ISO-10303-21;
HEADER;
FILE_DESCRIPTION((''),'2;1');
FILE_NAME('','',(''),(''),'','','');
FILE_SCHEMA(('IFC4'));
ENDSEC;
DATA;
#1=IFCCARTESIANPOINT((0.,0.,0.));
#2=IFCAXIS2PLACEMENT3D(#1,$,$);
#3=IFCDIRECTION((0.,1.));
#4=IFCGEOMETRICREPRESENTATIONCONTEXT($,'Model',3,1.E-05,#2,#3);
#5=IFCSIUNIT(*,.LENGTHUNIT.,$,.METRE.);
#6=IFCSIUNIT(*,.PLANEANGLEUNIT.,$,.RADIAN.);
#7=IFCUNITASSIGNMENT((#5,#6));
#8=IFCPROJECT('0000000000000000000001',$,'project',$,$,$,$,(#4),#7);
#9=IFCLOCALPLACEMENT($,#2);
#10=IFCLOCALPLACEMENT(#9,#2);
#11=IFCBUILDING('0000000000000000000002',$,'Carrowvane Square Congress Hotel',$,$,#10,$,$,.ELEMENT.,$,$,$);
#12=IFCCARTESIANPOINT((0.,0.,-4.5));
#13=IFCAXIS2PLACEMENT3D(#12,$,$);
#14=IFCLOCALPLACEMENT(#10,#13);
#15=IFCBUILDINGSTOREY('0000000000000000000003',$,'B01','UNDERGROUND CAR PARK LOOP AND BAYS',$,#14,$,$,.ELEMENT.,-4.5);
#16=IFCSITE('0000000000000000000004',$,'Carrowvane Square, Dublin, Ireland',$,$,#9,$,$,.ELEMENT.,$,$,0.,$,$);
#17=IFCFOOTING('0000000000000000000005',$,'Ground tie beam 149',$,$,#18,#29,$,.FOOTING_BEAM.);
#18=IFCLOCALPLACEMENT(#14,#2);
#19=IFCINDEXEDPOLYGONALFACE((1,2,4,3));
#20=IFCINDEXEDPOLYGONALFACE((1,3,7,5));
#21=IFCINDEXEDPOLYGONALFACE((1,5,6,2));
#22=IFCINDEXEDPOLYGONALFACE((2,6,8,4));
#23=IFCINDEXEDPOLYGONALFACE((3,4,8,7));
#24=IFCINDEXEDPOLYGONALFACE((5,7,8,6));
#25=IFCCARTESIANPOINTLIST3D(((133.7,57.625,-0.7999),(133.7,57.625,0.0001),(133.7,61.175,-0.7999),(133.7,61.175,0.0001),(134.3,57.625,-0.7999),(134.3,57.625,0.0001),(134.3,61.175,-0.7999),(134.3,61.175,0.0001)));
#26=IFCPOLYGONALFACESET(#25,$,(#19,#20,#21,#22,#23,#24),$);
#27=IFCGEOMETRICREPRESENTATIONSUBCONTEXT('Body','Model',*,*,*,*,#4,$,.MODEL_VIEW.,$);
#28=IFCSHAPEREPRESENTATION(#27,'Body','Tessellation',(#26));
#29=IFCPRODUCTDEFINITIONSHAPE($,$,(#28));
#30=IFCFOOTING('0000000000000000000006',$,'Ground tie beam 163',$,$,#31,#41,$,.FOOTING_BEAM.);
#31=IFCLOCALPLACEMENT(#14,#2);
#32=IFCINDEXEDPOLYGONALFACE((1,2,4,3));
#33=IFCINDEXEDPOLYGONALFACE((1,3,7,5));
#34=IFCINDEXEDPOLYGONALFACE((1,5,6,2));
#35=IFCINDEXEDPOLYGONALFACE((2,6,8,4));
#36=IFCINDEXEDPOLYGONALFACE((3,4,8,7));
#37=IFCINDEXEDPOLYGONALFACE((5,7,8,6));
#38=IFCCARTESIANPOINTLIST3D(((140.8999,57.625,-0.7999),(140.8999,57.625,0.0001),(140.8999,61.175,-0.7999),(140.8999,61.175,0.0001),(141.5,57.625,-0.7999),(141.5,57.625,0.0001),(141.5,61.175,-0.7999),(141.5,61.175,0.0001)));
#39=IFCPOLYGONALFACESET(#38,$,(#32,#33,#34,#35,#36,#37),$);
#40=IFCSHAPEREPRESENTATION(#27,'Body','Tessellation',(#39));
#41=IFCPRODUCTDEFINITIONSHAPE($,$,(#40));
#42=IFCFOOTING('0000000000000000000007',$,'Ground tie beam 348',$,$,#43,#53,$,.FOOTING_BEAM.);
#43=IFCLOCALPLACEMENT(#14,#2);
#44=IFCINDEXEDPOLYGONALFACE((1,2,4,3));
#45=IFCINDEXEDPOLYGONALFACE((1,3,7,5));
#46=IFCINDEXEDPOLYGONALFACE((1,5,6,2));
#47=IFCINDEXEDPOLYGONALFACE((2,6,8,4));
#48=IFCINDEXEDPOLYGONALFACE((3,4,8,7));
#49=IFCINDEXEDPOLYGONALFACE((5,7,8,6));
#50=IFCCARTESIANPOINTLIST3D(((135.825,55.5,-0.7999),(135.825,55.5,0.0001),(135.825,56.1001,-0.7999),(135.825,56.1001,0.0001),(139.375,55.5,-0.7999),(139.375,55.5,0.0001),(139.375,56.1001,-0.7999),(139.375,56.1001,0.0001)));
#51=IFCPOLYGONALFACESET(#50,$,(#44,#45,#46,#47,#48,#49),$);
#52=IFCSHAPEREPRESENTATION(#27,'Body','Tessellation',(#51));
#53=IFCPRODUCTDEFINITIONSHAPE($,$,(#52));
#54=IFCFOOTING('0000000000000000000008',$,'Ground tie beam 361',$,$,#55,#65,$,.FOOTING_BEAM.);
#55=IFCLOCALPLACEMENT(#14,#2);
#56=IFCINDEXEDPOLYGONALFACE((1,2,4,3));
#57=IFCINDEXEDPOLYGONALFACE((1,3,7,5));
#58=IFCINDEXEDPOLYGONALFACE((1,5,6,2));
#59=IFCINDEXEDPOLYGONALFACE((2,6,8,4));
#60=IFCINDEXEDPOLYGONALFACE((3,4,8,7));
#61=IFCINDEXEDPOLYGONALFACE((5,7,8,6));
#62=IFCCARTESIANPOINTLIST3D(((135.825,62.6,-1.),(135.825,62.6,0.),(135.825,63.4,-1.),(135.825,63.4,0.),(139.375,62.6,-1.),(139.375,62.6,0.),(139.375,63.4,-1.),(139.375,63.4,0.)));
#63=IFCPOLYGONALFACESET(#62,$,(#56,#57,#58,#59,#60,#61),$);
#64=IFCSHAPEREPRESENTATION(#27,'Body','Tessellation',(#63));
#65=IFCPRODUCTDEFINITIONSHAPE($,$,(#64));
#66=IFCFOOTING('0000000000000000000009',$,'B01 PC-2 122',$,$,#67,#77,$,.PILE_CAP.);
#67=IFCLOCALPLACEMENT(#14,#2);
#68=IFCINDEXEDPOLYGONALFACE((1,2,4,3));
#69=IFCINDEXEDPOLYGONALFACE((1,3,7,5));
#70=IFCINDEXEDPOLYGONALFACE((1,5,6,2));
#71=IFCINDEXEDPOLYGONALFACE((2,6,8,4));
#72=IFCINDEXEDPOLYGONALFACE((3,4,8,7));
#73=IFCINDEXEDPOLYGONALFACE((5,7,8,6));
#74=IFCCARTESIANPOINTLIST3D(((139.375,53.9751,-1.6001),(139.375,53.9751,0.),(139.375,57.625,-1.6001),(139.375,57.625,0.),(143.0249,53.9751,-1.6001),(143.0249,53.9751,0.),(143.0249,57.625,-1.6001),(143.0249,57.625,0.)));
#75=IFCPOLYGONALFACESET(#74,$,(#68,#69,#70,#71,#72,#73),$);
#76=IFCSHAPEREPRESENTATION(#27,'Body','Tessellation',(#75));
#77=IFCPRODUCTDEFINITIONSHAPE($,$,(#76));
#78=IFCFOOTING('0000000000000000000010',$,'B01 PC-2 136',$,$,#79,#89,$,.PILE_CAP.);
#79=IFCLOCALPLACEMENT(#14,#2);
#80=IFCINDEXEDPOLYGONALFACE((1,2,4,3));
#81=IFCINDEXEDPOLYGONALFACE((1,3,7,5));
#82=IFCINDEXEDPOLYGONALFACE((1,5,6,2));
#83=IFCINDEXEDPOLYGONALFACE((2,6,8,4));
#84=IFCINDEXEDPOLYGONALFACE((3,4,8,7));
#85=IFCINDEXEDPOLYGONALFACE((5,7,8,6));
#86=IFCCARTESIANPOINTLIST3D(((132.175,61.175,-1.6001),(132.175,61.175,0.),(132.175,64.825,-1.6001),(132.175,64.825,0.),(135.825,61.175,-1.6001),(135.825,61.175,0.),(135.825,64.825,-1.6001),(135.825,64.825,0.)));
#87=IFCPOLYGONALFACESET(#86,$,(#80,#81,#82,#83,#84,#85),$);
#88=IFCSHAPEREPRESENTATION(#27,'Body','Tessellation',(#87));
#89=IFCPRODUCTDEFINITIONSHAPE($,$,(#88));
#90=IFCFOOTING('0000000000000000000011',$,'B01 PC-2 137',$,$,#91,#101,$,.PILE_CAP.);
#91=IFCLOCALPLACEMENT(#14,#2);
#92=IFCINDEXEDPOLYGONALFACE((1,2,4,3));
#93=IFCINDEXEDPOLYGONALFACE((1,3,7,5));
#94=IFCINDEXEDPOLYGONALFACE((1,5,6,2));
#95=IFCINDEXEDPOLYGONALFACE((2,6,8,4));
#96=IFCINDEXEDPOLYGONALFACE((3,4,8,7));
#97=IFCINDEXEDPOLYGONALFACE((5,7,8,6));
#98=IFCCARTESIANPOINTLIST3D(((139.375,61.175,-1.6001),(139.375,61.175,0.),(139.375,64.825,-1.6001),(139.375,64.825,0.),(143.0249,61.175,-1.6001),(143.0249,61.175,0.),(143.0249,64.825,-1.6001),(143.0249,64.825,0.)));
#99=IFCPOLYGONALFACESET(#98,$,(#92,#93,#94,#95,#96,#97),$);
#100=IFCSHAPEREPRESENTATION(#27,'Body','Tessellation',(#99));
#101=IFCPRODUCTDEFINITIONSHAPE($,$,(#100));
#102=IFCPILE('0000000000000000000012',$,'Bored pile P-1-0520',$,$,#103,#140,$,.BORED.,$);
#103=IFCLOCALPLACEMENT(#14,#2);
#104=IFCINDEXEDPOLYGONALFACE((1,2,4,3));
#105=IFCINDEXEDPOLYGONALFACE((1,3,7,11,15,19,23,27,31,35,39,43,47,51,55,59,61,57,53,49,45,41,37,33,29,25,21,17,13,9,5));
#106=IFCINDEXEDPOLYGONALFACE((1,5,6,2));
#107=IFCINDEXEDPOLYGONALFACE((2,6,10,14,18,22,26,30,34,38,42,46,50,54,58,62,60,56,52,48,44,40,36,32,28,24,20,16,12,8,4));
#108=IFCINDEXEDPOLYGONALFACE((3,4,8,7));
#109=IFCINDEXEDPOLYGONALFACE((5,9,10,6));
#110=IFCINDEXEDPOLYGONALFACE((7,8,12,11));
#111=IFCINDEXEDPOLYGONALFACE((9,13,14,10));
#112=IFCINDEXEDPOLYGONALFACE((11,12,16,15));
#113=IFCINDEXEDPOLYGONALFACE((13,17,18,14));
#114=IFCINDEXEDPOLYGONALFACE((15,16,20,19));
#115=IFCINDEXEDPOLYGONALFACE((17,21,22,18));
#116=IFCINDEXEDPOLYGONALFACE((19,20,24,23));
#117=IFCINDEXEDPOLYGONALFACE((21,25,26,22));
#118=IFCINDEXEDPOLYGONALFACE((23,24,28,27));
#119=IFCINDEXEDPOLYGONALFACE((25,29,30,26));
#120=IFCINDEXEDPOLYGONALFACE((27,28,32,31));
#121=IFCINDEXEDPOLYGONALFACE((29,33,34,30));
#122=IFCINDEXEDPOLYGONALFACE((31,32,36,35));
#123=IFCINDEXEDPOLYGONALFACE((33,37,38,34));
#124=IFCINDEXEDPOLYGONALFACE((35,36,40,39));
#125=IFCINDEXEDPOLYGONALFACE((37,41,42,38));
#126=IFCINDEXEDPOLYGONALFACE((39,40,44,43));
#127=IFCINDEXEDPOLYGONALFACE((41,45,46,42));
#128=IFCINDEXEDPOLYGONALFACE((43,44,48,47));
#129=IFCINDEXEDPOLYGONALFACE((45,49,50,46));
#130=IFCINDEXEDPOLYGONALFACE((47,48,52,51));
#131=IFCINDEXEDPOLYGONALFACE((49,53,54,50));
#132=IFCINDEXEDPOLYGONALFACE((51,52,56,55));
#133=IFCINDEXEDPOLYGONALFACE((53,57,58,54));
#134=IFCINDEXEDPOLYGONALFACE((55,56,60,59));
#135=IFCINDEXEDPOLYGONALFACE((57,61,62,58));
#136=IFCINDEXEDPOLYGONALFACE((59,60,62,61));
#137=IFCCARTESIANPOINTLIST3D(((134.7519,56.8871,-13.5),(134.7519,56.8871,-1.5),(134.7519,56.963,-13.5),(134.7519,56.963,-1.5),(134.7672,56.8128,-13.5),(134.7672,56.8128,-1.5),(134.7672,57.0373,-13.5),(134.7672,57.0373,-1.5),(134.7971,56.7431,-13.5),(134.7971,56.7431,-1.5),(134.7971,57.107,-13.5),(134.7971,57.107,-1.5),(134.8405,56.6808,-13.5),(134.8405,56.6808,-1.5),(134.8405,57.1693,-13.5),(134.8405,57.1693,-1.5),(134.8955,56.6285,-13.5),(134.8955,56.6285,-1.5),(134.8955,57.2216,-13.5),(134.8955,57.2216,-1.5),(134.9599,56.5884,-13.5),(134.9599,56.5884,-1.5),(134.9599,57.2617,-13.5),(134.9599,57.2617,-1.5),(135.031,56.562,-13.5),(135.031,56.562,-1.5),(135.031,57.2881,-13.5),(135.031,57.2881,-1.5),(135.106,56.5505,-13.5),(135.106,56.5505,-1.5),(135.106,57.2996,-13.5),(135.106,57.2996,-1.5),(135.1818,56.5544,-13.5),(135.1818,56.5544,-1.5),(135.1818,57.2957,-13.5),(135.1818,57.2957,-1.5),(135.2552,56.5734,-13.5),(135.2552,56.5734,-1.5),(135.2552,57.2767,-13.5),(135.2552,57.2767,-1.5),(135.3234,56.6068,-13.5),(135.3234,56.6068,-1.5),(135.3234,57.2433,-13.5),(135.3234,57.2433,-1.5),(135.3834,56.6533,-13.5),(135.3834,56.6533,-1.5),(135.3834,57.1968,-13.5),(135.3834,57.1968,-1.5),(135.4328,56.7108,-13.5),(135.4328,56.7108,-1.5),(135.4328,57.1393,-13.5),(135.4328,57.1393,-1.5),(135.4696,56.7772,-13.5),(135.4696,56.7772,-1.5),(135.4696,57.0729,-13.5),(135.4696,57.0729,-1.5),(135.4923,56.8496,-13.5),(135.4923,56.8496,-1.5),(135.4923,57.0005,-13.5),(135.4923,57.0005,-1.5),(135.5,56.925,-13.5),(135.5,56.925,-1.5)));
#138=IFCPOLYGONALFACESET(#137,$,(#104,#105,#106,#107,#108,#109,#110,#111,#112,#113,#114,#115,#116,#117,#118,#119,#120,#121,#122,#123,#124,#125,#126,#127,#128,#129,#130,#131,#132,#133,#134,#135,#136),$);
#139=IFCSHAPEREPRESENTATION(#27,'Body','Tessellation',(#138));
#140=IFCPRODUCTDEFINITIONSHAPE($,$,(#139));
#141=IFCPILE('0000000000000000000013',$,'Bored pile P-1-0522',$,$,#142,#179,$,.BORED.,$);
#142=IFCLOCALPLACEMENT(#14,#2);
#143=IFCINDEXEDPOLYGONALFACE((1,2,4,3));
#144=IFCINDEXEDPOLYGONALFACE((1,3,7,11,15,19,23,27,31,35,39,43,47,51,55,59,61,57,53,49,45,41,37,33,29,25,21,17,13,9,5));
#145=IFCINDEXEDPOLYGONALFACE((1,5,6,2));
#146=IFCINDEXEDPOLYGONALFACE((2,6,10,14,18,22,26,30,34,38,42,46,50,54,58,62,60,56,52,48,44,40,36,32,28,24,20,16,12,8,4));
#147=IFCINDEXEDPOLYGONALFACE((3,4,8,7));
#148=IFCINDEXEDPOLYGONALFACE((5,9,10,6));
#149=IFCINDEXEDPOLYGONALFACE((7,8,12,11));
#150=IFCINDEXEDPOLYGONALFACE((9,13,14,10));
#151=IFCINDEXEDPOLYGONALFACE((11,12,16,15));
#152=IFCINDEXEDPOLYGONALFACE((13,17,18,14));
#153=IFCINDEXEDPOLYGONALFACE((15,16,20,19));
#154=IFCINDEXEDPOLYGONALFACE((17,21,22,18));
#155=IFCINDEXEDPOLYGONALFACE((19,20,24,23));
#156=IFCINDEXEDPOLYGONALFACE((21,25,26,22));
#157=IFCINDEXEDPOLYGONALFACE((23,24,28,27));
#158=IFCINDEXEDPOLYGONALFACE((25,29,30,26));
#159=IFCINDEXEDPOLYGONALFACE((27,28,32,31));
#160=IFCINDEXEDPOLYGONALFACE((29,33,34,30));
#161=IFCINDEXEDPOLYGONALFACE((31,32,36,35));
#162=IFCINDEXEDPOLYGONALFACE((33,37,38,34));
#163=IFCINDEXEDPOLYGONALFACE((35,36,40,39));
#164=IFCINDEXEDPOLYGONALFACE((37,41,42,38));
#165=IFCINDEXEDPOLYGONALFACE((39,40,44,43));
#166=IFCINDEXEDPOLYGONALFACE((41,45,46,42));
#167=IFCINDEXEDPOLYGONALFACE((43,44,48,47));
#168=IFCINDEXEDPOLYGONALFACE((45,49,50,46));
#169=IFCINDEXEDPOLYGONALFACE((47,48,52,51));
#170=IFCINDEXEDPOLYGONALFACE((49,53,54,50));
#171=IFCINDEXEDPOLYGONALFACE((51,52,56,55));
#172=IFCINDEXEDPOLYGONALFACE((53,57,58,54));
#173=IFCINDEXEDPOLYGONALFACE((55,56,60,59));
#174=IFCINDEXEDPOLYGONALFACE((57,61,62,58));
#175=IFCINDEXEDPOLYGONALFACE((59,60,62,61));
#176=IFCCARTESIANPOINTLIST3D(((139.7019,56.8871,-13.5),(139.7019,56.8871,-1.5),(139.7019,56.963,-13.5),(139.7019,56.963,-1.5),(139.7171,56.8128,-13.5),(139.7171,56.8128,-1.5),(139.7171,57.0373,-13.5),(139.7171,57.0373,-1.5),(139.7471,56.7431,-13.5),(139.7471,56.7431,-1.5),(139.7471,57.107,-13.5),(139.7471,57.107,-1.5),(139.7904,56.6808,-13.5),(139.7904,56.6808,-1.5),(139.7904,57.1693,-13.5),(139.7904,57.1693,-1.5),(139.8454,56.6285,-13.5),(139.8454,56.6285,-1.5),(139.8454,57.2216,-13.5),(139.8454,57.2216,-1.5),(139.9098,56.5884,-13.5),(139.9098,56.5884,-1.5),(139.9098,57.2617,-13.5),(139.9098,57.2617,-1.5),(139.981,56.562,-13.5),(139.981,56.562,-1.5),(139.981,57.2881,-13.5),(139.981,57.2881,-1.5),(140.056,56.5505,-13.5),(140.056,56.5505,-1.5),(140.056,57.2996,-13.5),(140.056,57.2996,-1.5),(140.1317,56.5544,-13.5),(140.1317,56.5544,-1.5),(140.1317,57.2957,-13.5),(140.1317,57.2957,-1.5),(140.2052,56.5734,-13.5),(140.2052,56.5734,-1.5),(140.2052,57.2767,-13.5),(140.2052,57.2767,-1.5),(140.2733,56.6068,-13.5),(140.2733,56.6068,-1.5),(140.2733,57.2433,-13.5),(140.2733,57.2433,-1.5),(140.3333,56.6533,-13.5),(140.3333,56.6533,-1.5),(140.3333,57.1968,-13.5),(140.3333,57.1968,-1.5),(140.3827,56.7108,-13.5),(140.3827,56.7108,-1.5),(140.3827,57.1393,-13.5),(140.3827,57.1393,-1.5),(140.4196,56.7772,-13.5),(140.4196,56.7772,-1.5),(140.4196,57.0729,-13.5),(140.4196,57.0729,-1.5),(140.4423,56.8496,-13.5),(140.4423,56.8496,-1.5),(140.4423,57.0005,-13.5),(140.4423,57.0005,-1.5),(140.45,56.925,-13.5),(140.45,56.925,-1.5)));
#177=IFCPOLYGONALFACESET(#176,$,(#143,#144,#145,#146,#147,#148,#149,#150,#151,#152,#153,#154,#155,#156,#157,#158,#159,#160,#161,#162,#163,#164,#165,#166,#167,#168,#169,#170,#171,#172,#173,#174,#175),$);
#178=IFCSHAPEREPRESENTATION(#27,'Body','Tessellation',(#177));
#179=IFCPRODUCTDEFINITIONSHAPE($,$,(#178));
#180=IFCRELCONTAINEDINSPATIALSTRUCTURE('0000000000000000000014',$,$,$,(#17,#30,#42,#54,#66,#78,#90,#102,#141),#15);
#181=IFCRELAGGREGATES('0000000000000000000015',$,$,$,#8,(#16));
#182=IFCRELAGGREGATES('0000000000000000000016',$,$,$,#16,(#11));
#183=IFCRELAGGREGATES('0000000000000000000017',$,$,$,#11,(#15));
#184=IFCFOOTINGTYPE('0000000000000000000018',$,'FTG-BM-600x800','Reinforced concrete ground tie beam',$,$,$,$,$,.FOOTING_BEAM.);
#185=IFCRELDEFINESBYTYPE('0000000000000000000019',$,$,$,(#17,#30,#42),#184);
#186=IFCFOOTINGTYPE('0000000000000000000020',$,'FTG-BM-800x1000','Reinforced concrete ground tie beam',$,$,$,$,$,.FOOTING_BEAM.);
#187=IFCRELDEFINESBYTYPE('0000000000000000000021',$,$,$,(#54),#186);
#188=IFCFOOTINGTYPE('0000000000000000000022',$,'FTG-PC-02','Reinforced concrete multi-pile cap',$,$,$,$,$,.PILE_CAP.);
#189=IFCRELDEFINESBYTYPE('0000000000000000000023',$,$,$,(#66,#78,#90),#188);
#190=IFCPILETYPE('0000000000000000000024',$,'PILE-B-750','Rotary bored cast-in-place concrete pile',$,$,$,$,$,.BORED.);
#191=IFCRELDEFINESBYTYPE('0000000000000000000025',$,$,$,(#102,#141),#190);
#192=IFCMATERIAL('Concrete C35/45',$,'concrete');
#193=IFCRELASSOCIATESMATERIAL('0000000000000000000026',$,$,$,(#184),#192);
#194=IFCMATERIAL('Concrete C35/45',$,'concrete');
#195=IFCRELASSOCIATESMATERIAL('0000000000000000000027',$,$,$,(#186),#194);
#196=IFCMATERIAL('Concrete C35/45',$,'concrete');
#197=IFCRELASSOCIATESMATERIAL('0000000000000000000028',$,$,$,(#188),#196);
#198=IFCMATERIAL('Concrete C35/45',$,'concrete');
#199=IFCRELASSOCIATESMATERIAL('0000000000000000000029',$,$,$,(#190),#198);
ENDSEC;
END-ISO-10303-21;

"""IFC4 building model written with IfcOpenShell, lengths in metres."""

from ifc_helpers import new_model, si_unit, direction, frame, origin, origin_2d, place, context, subcontext, project, spatial, rectangle, circle, extrude, material, material_profile, profile_set, type_object, element, save


model = new_model("IFC4")

# Units and contexts
model_context = context("Model", 3, precision=1e-05, world=origin(), true_north=direction((0.0, 1.0)))
body_context = subcontext(model_context, "Body", "Model", "MODEL_VIEW")
ifc_project = project(units=[si_unit("LENGTHUNIT", "METRE"), si_unit("PLANEANGLEUNIT", "RADIAN")], contexts=[model_context])

# Site, building, storey
site_placement = place(None, origin())
site = spatial("IfcSite", under=ifc_project, at=site_placement, Name="Carrowvane Square, Dublin, Ireland", CompositionType="ELEMENT", RefElevation=0.0)
building_placement = place(site_placement, origin())
building = spatial("IfcBuilding", under=site, at=building_placement, Name="Carrowvane Square Congress Hotel", CompositionType="ELEMENT")
storey_placement = place(building_placement, frame((0.0, 0.0, -4.5)))
storey = spatial("IfcBuildingStorey", under=building, at=storey_placement, Name="B01", Description="UNDERGROUND CAR PARK LOOP AND BAYS", CompositionType="ELEMENT", Elevation=-4.5)

# Footings
ifc_material_1 = material(Name="Concrete C35/45", Category="concrete")
ifc_material_profile_1 = material_profile(ifc_material_1, rectangle(XDim=0.6001, YDim=0.8, at=origin_2d()), Name="RC 600x800")
ifc_profile_set_1 = profile_set([ifc_material_profile_1], Name="Concrete C35/45")
footing_type_1 = type_object("IfcFootingType", Name="FTG-BM-600x800", Description="Reinforced concrete ground tie beam", PredefinedType="FOOTING_BEAM", material=ifc_profile_set_1)
for number, where, z_axis, x_axis, name in (
    (1, (134.0, 57.625, -0.3999), (0.0, 1.0, 0.0), (-1.0, 0.0, 0.0), "Ground tie beam 149"),
    (2, (141.2, 57.625, -0.3999), (0.0, 1.0, 0.0), (-1.0, 0.0, 0.0), "Ground tie beam 163"),
    (3, (135.825, 55.8, -0.3999), (1.0, 0.0, 0.0), (0.0, 1.0, 0.0), "Ground tie beam 348"),
):
    element("IfcFooting", number, at=place(storey_placement, frame(where, z_axis=z_axis, x_axis=x_axis)), inside=storey, type_object=footing_type_1, Name=name, PredefinedType="FOOTING_BEAM", context=body_context, shape_type="SweptSolid", body=[
        extrude(rectangle(XDim=0.6001, YDim=0.8, at=origin_2d()), origin(), (0.0, 0.0, 1.0), 3.55),
    ])
ifc_material_2 = material(Name="Concrete C35/45", Category="concrete")
ifc_material_profile_2 = material_profile(ifc_material_2, rectangle(XDim=0.8, YDim=1.0, at=origin_2d()), Name="RC 800x1000")
ifc_profile_set_2 = profile_set([ifc_material_profile_2], Name="Concrete C35/45")
footing_type_2 = type_object("IfcFootingType", Name="FTG-BM-800x1000", Description="Reinforced concrete ground tie beam", PredefinedType="FOOTING_BEAM", material=ifc_profile_set_2)
footing_placement = place(storey_placement, frame((135.825, 63.0, -0.5), z_axis=(1.0, 0.0, 0.0), x_axis=(0.0, 1.0, 0.0)))
element("IfcFooting", 4, at=footing_placement, inside=storey, type_object=footing_type_2, Name="Ground tie beam 361", PredefinedType="FOOTING_BEAM", context=body_context, shape_type="SweptSolid", body=[
    extrude(rectangle(XDim=0.8, YDim=1.0, at=origin_2d()), origin(), (0.0, 0.0, 1.0), 3.55),
])
ifc_material_3 = material(Name="Concrete C35/45", Category="concrete")
footing_type_3 = type_object("IfcFootingType", Name="FTG-PC-02", Description="Reinforced concrete multi-pile cap", PredefinedType="PILE_CAP", material=ifc_material_3)
for number, where, z_axis, x_axis, name in (
    (5, (141.2, 55.8, -1.6001), (0.0, 0.0, 1.0), (1.0, 0.0, 0.0), "B01 PC-2 122"),
    (6, (134.0, 63.0, -1.6001), (0.0, 0.0, 1.0), (1.0, 0.0, 0.0), "B01 PC-2 136"),
    (7, (141.2, 63.0, -1.6001), (0.0, 0.0, 1.0), (1.0, 0.0, 0.0), "B01 PC-2 137"),
):
    element("IfcFooting", number, at=place(storey_placement, frame(where, z_axis=z_axis, x_axis=x_axis)), inside=storey, type_object=footing_type_3, Name=name, PredefinedType="PILE_CAP", context=body_context, shape_type="SweptSolid", body=[
        extrude(rectangle(XDim=3.6499, YDim=3.6499, at=origin_2d()), origin(), (0.0, 0.0, 1.0), 1.6001),
    ])

# Piles
ifc_material_4 = material(Name="Concrete C35/45", Category="concrete")
ifc_material_profile_3 = material_profile(ifc_material_4, circle(Radius=0.375, at=origin_2d()), Name="PILE D750")
ifc_profile_set_3 = profile_set([ifc_material_profile_3], Name="Concrete C35/45")
pile_type = type_object("IfcPileType", Name="PILE-B-750", Description="Rotary bored cast-in-place concrete pile", PredefinedType="BORED", material=ifc_profile_set_3)
for number, where, z_axis, x_axis, name in (
    (8, (135.125, 56.925, -1.5), (0.0, 0.0, -1.0), (1.0, 0.0, 0.0), "Bored pile P-1-0520"),
    (9, (140.075, 56.925, -1.5), (0.0, 0.0, -1.0), (1.0, 0.0, 0.0), "Bored pile P-1-0522"),
):
    element("IfcPile", number, at=place(storey_placement, frame(where, z_axis=z_axis, x_axis=x_axis)), inside=storey, type_object=pile_type, Name=name, PredefinedType="BORED", context=body_context, shape_type="SweptSolid", body=[
        extrude(circle(Radius=0.375, at=origin_2d()), origin(), (0.0, 0.0, 1.0), 12.0),
    ])

save(model, "model.ifc")
